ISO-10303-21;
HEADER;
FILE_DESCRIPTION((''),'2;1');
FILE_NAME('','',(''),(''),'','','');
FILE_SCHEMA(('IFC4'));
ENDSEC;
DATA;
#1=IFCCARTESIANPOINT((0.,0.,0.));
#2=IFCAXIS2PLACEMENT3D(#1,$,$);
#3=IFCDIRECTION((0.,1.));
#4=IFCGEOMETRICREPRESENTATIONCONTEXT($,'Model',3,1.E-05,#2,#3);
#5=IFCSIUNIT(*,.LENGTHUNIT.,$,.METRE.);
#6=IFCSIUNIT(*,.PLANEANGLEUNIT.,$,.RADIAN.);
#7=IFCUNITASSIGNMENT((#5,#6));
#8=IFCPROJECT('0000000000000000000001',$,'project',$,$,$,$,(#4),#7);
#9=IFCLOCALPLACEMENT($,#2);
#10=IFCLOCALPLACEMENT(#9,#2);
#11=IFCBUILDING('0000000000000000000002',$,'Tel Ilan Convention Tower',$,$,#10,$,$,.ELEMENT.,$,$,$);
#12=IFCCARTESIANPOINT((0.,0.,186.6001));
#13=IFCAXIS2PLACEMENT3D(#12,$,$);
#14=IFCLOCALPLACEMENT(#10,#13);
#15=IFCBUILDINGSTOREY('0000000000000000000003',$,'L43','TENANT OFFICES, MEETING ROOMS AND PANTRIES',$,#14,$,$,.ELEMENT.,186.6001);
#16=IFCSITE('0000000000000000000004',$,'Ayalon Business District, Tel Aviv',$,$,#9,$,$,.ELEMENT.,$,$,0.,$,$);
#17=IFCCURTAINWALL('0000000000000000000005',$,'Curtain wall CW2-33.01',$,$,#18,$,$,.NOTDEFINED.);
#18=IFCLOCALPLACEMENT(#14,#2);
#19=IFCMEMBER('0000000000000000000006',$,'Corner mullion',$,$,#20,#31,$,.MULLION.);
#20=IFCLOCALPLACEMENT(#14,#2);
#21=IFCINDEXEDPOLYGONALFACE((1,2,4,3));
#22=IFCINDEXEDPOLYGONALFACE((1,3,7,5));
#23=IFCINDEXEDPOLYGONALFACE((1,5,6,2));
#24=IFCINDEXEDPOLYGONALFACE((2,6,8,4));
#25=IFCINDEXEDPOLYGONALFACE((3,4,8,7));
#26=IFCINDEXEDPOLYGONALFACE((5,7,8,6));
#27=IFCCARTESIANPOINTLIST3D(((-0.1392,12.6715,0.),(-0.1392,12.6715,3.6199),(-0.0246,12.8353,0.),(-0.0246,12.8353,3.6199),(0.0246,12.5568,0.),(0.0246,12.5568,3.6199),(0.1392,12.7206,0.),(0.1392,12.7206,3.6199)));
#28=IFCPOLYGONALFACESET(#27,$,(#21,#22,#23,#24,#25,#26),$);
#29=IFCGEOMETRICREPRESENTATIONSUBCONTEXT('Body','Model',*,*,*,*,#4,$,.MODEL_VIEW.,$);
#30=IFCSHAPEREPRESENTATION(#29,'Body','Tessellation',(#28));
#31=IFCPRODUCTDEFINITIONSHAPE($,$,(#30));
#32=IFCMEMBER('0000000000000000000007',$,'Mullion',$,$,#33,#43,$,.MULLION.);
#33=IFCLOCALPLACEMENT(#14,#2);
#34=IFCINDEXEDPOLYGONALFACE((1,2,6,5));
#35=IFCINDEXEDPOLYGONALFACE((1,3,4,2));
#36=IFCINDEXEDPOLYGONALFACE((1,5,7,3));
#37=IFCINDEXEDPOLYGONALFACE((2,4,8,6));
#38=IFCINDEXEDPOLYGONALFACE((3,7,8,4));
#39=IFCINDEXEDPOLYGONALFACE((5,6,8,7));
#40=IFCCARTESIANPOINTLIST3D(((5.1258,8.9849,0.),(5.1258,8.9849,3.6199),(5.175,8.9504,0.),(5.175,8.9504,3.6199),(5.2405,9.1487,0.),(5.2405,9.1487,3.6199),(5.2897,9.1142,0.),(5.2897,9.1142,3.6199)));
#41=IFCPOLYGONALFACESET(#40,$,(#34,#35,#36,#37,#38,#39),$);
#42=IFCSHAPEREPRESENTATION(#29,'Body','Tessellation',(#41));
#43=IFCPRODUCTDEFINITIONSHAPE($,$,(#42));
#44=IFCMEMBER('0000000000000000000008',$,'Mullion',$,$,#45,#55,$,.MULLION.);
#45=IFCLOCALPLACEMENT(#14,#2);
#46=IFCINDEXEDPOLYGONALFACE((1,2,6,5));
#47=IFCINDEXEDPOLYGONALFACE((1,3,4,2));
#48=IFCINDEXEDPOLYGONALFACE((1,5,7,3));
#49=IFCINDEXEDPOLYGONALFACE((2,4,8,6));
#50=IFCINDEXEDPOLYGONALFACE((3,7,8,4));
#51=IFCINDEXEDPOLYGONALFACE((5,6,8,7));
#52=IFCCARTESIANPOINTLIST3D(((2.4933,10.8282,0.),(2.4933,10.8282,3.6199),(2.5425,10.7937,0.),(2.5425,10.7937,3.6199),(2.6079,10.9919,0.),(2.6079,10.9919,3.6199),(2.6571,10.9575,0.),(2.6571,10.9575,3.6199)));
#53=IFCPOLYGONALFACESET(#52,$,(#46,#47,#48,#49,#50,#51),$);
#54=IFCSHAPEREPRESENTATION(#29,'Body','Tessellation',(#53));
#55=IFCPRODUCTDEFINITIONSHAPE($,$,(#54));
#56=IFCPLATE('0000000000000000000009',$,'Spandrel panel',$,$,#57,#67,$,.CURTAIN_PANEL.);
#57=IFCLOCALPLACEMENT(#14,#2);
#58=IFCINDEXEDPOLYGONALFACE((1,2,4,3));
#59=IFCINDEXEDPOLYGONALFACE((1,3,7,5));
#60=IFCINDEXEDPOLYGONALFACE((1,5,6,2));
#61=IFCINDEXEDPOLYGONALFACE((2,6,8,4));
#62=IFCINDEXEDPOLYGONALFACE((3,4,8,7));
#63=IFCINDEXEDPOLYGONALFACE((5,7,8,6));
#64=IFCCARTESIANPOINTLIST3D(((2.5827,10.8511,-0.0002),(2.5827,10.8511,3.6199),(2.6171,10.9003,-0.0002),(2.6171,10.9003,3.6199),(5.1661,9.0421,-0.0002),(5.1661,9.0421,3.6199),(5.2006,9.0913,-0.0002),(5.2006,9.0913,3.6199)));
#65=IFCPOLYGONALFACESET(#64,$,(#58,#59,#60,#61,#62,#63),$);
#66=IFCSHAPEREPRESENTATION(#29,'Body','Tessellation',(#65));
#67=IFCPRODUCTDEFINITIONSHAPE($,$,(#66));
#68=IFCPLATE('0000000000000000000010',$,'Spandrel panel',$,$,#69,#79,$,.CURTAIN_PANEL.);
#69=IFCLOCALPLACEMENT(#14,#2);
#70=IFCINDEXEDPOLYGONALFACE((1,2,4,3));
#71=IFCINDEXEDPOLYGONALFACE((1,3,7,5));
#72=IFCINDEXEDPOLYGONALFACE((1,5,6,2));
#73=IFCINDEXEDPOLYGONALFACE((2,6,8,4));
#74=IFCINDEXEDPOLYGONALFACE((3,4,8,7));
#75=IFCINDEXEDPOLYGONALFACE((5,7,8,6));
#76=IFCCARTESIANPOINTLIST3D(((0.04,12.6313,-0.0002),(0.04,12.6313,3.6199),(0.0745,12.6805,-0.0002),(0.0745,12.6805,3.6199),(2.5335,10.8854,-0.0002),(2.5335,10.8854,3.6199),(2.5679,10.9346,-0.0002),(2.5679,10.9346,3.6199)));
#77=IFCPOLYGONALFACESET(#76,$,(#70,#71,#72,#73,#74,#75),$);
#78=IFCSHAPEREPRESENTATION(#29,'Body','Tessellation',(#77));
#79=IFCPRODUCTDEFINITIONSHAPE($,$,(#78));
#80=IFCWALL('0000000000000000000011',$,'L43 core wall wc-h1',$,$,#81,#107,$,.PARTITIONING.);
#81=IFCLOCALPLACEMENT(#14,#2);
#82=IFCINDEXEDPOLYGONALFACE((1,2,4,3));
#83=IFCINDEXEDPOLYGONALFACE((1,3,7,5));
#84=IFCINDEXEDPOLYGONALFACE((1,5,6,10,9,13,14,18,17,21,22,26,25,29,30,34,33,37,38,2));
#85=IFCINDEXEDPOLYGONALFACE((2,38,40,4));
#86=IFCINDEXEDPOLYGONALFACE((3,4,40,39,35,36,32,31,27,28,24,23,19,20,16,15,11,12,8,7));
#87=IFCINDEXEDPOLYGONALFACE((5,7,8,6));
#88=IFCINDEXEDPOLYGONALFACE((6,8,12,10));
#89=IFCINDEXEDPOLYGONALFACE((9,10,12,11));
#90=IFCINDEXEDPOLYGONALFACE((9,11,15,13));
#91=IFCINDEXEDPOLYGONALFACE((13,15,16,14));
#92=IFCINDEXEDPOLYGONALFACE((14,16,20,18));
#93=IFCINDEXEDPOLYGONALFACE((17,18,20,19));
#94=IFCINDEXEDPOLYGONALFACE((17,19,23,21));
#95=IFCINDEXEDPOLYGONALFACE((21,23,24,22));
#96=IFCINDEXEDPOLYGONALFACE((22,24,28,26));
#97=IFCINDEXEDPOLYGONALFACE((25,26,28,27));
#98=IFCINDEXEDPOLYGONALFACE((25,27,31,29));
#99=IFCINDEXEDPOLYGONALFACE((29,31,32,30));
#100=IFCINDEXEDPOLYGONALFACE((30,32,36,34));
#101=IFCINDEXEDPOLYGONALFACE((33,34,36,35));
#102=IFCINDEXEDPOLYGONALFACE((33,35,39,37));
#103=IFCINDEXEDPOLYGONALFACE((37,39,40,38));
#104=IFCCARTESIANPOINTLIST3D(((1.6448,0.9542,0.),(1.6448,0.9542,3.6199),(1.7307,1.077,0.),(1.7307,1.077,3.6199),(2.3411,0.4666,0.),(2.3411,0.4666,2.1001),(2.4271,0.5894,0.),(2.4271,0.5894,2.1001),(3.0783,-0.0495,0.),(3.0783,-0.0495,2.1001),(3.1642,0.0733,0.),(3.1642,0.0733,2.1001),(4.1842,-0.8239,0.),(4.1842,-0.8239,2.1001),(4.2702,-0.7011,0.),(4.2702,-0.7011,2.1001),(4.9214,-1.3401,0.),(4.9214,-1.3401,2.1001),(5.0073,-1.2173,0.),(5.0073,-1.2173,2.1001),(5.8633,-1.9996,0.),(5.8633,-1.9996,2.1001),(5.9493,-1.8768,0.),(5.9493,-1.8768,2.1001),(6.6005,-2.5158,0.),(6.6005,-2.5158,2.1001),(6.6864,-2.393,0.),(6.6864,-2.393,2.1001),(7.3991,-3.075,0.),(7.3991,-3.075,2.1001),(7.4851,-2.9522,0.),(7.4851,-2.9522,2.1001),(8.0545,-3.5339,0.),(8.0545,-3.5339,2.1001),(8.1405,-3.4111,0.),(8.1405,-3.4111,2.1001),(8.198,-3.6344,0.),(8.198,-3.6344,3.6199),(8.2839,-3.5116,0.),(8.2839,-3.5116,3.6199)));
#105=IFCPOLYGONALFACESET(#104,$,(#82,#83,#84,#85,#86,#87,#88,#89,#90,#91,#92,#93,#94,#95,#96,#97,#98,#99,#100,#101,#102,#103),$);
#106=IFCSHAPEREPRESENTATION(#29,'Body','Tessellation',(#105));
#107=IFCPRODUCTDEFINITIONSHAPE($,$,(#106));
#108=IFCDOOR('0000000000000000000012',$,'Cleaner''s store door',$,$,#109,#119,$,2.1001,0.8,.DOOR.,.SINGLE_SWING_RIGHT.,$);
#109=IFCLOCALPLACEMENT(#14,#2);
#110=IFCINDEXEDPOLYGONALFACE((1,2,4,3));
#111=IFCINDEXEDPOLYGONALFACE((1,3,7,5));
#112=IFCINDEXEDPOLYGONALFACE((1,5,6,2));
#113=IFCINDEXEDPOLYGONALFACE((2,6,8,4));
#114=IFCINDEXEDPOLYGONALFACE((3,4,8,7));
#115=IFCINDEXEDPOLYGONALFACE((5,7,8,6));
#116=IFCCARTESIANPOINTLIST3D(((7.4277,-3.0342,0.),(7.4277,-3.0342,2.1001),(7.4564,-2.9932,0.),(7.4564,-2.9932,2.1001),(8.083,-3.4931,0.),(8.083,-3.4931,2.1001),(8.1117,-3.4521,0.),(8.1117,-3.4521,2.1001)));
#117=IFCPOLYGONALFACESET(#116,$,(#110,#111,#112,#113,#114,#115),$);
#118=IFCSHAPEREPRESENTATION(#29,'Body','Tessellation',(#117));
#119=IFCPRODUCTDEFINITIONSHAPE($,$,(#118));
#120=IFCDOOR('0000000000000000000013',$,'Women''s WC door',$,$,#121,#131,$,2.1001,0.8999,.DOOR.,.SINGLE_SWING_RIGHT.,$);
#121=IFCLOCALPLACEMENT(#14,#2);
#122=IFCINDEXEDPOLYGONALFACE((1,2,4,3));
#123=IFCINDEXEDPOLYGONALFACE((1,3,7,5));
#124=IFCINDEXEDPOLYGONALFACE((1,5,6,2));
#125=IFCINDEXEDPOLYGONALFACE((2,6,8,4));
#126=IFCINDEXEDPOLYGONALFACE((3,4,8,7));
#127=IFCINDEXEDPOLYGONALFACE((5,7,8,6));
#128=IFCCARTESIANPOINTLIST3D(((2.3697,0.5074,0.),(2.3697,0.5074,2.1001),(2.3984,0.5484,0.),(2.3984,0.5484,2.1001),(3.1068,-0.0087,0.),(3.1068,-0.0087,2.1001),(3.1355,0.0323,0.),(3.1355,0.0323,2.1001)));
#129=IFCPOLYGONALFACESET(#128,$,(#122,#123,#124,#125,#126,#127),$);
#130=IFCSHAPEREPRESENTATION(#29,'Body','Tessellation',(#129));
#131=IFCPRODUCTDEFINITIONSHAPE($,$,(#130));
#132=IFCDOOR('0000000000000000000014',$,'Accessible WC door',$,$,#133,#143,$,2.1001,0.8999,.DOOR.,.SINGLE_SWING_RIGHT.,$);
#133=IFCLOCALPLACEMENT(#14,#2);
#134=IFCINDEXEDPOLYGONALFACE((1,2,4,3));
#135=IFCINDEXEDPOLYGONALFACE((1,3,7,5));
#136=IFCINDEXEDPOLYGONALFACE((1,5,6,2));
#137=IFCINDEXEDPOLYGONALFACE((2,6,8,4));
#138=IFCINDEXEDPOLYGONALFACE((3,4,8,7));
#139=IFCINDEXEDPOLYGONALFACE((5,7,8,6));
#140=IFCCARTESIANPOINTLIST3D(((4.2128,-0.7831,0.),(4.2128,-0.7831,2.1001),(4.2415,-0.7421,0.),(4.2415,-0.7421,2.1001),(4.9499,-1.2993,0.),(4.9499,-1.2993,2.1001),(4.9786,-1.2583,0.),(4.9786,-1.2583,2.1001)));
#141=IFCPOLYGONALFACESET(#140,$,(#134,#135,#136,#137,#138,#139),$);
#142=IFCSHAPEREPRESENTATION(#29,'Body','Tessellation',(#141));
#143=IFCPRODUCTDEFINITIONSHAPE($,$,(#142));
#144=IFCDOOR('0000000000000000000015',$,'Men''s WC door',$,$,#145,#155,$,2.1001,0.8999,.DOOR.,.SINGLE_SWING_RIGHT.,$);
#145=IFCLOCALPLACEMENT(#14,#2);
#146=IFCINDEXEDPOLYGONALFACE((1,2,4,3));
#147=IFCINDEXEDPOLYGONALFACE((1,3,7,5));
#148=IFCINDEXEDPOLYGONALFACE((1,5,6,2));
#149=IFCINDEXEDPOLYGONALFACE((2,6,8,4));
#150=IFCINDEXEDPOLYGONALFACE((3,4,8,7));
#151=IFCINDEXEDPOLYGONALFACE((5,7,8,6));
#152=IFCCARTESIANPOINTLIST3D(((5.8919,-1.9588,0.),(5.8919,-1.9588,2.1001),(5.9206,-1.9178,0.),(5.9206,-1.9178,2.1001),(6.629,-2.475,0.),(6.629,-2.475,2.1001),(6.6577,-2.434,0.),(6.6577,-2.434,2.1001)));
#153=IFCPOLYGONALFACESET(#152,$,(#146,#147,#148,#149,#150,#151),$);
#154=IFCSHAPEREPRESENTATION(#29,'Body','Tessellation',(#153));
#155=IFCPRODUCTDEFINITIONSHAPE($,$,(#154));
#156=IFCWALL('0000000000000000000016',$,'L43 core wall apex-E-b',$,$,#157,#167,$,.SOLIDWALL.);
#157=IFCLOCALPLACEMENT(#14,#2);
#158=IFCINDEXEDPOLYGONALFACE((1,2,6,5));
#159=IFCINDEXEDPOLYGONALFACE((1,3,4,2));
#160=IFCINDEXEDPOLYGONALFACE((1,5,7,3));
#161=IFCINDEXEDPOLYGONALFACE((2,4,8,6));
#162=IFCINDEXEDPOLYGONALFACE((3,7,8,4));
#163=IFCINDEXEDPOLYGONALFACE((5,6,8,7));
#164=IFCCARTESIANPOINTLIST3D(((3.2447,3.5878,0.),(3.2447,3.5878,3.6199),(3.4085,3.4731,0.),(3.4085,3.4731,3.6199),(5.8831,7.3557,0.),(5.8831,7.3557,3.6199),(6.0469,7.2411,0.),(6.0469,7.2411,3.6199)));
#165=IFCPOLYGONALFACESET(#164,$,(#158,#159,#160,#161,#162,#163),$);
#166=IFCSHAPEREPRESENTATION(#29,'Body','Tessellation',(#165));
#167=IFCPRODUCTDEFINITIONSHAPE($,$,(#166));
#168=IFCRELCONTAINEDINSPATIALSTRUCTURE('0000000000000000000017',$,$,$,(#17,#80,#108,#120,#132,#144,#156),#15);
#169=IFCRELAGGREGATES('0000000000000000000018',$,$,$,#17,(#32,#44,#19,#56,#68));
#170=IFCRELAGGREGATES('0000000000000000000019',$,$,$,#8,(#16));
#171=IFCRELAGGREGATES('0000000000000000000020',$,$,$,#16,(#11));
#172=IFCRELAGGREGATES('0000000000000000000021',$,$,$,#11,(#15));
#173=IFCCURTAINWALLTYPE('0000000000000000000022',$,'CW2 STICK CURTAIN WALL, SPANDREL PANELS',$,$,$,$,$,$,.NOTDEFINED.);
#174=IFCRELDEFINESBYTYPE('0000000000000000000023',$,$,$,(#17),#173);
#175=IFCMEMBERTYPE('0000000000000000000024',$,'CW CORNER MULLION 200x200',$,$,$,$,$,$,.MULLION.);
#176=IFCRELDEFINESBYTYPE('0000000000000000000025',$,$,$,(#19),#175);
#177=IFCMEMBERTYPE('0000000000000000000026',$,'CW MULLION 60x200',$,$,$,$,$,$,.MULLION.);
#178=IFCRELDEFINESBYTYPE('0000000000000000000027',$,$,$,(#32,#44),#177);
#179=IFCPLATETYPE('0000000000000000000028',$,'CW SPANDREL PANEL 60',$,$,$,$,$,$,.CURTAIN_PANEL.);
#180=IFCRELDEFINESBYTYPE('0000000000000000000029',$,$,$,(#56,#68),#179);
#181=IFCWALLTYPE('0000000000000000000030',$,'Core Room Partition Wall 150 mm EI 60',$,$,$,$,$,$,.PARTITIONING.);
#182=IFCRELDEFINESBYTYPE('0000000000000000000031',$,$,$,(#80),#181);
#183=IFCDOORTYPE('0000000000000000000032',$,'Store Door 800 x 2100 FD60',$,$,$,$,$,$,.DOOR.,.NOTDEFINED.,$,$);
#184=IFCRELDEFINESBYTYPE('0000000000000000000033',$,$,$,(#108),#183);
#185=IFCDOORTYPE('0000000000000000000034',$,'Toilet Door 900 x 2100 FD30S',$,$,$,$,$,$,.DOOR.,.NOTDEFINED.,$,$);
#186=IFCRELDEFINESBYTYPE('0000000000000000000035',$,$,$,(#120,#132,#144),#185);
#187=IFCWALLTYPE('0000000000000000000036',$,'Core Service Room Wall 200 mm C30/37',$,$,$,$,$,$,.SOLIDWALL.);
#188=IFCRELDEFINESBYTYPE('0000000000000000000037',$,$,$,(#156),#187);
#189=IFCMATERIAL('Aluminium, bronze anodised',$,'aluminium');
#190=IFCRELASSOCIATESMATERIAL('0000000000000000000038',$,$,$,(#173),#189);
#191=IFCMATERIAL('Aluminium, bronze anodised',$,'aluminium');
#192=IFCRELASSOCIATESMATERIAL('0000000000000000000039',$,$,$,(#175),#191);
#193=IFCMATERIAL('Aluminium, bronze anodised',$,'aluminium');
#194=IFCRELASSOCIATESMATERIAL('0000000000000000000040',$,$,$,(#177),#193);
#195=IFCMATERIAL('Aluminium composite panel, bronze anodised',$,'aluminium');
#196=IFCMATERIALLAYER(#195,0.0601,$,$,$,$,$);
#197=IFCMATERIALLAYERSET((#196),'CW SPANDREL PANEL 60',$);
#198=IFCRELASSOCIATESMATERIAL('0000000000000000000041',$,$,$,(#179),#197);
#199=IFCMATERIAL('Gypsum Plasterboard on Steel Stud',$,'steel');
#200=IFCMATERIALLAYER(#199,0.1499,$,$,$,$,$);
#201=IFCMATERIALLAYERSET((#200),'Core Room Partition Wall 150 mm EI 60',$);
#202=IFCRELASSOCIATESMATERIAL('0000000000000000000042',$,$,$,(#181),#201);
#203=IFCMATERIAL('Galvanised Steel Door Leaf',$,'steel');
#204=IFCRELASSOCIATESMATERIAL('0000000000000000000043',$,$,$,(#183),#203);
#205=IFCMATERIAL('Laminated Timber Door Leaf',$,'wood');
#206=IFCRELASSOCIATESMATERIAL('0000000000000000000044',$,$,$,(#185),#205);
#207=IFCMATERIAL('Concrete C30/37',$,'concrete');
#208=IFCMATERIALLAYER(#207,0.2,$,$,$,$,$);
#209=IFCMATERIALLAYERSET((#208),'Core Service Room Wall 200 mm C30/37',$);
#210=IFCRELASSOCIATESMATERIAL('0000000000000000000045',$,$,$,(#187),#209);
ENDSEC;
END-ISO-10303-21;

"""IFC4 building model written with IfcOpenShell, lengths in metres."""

from ifc_helpers import new_model, si_unit, direction, frame, frame_2d, origin, origin_2d, place, context, subcontext, project, spatial, rectangle, extrude, material, layer, layer_set, material_profile, profile_set, type_object, element, fill, aggregate, save


model = new_model("IFC4")

# Units and contexts
model_context = context("Model", 3, precision=1e-05, world=origin(), true_north=direction((0.0, 1.0)))
body_context = subcontext(model_context, "Body", "Model", "MODEL_VIEW")
ifc_project = project(units=[si_unit("LENGTHUNIT", "METRE"), si_unit("PLANEANGLEUNIT", "RADIAN")], contexts=[model_context])

# Site, building, storey
site_placement = place(None, origin())
site = spatial("IfcSite", under=ifc_project, at=site_placement, Name="Ayalon Business District, Tel Aviv", CompositionType="ELEMENT", RefElevation=0.0)
building_placement = place(site_placement, origin())
building = spatial("IfcBuilding", under=site, at=building_placement, Name="Tel Ilan Convention Tower", CompositionType="ELEMENT")
storey_placement = place(building_placement, frame((0.0, 0.0, 186.6001)))
storey = spatial("IfcBuildingStorey", under=building, at=storey_placement, Name="L43", Description="TENANT OFFICES, MEETING ROOMS AND PANTRIES", CompositionType="ELEMENT", Elevation=186.6001)

# Curtain wall, members, plates
ifc_material_1 = material(Name="Aluminium, bronze anodised", Category="aluminium")
curtain_wall_type = type_object("IfcCurtainWallType", Name="CW2 STICK CURTAIN WALL, SPANDREL PANELS", PredefinedType="NOTDEFINED", material=ifc_material_1)
curtain_wall_placement = place(storey_placement, origin())
curtain_wall = element("IfcCurtainWall", 1, at=curtain_wall_placement, inside=storey, type_object=curtain_wall_type, Name="Curtain wall CW2-33.01", PredefinedType="NOTDEFINED")
ifc_material_2 = material(Name="Aluminium, bronze anodised", Category="aluminium")
ifc_material_profile_1 = material_profile(ifc_material_2, rectangle(XDim=0.2, YDim=0.2, at=origin_2d()), Name="CW CORNER MULLION 200x200")
ifc_profile_set_1 = profile_set([ifc_material_profile_1], Name="Aluminium, bronze anodised")
member_type_1 = type_object("IfcMemberType", Name="CW CORNER MULLION 200x200", PredefinedType="MULLION", material=ifc_profile_set_1)
member_1_placement = place(storey_placement, frame((0.0, 12.696, 0.0), z_axis=(0.0, 0.0, 1.0), x_axis=(-0.819152, 0.573576, 0.0)))
member_1 = element("IfcMember", 2, at=member_1_placement, type_object=member_type_1, Name="Corner mullion", PredefinedType="MULLION", context=body_context, shape_type="SweptSolid", body=[
    extrude(rectangle(XDim=0.2, YDim=0.2, at=origin_2d()), origin(), (0.0, 0.0, 1.0), 3.6199),
])
ifc_material_3 = material(Name="Aluminium, bronze anodised", Category="aluminium")
ifc_material_profile_2 = material_profile(ifc_material_3, rectangle(XDim=0.0601, YDim=0.2, at=origin_2d()), Name="CW MULLION 60x200")
ifc_profile_set_2 = profile_set([ifc_material_profile_2], Name="Aluminium, bronze anodised")
member_type_2 = type_object("IfcMemberType", Name="CW MULLION 60x200", PredefinedType="MULLION", material=ifc_profile_set_2)
member_2_placement = place(storey_placement, frame((5.2078, 9.0496, 0.0), z_axis=(0.0, 0.0, 1.0), x_axis=(-0.819152, 0.573576, 0.0)))
member_2 = element("IfcMember", 3, at=member_2_placement, type_object=member_type_2, Name="Mullion", PredefinedType="MULLION", context=body_context, shape_type="SweptSolid", body=[
    extrude(rectangle(XDim=0.0601, YDim=0.2, at=origin_2d()), origin(), (0.0, 0.0, 1.0), 3.6199),
])
member_3_placement = place(storey_placement, frame((2.5752, 10.8928, 0.0), z_axis=(0.0, 0.0, 1.0), x_axis=(-0.819152, 0.573576, 0.0)))
member_3 = element("IfcMember", 4, at=member_3_placement, type_object=member_type_2, Name="Mullion", PredefinedType="MULLION", context=body_context, shape_type="SweptSolid", body=[
    extrude(rectangle(XDim=0.0601, YDim=0.2, at=origin_2d()), origin(), (0.0, 0.0, 1.0), 3.6199),
])
ifc_material_4 = material(Name="Aluminium composite panel, bronze anodised", Category="aluminium")
ifc_layer_1 = layer(ifc_material_4, 0.0601)
ifc_layer_set_1 = layer_set([ifc_layer_1], Name="CW SPANDREL PANEL 60")
plate_type = type_object("IfcPlateType", Name="CW SPANDREL PANEL 60", PredefinedType="CURTAIN_PANEL", material=ifc_layer_set_1)
plate_1_placement = place(storey_placement, frame((3.8916, 9.9712, -0.0002), z_axis=(0.0, 0.0, 1.0), x_axis=(-0.819152, 0.573576, 0.0)))
plate_1 = element("IfcPlate", 5, at=plate_1_placement, type_object=plate_type, Name="Spandrel panel", PredefinedType="CURTAIN_PANEL", context=body_context, shape_type="SweptSolid", body=[
    extrude(rectangle(XDim=3.1538, YDim=0.0601, at=origin_2d()), origin(), (0.0, 0.0, 1.0), 3.6201),
])
plate_2_placement = place(storey_placement, frame((1.304, 11.783, -0.0002), z_axis=(0.0, 0.0, 1.0), x_axis=(-0.819152, 0.573576, 0.0)))
plate_2 = element("IfcPlate", 6, at=plate_2_placement, type_object=plate_type, Name="Spandrel panel", PredefinedType="CURTAIN_PANEL", context=body_context, shape_type="SweptSolid", body=[
    extrude(rectangle(XDim=3.0439, YDim=0.0601, at=origin_2d()), origin(), (0.0, 0.0, 1.0), 3.6201),
])
aggregate(curtain_wall, [member_2, member_3, member_1, plate_1, plate_2])

# Wall, openings, doors
ifc_material_5 = material(Name="Gypsum Plasterboard on Steel Stud", Category="steel")
ifc_layer_2 = layer(ifc_material_5, 0.1499)
ifc_layer_set_2 = layer_set([ifc_layer_2], Name="Core Room Partition Wall 150 mm EI 60")
wall_type_1 = type_object("IfcWallType", Name="Core Room Partition Wall 150 mm EI 60", PredefinedType="PARTITIONING", material=ifc_layer_set_2)
wall_1_placement = place(storey_placement, frame((1.6877, 1.0156, 0.0), z_axis=(0.0, 0.0, 1.0), x_axis=(0.819152, -0.573577, 0.0)))
wall_1 = element("IfcWall", 7, at=wall_1_placement, inside=storey, type_object=wall_type_1, Name="L43 core wall wc-h1", PredefinedType="PARTITIONING", context=body_context, shape_type="SweptSolid", body=[
    extrude(rectangle(XDim=8.0, YDim=0.1499, at=frame_2d((4.0, 0.0))), origin(), (0.0, 0.0, 1.0), 3.6199),
])
opening_1_placement = place(wall_1_placement, frame((0.8501, 0.0, 0.0)))
opening_1 = element("IfcOpeningElement", 8, at=opening_1_placement, cuts=wall_1, PredefinedType="OPENING", context=body_context, shape_type="SweptSolid", body=[
    extrude(rectangle(XDim=0.8999, YDim=2.1001, at=frame_2d((0.45, 1.05))), frame((0.0, 0.085, 0.0), z_axis=(0.0, -1.0, 0.0), x_axis=(1.0, 0.0, 0.0)), (0.0, 0.0, 1.0), 0.1699),
])
opening_2_placement = place(wall_1_placement, frame((3.1001, 0.0, 0.0)))
opening_2 = element("IfcOpeningElement", 9, at=opening_2_placement, cuts=wall_1, PredefinedType="OPENING", context=body_context, shape_type="SweptSolid", body=[
    extrude(rectangle(XDim=0.8999, YDim=2.1001, at=frame_2d((0.45, 1.05))), frame((0.0, 0.085, 0.0), z_axis=(0.0, -1.0, 0.0), x_axis=(1.0, 0.0, 0.0)), (0.0, 0.0, 1.0), 0.1699),
])
opening_3_placement = place(wall_1_placement, frame((5.1499, 0.0, 0.0)))
opening_3 = element("IfcOpeningElement", 10, at=opening_3_placement, cuts=wall_1, PredefinedType="OPENING", context=body_context, shape_type="SweptSolid", body=[
    extrude(rectangle(XDim=0.8999, YDim=2.1001, at=frame_2d((0.45, 1.05))), frame((0.0, 0.085, 0.0), z_axis=(0.0, -1.0, 0.0), x_axis=(1.0, 0.0, 0.0)), (0.0, 0.0, 1.0), 0.1699),
])
opening_4_placement = place(wall_1_placement, frame((7.0249, 0.0, 0.0)))
opening_4 = element("IfcOpeningElement", 11, at=opening_4_placement, cuts=wall_1, PredefinedType="OPENING", context=body_context, shape_type="SweptSolid", body=[
    extrude(rectangle(XDim=0.8, YDim=2.1001, at=frame_2d((0.3999, 1.05))), frame((0.0, 0.085, 0.0), z_axis=(0.0, -1.0, 0.0), x_axis=(1.0, 0.0, 0.0)), (0.0, 0.0, 1.0), 0.1699),
])
ifc_material_6 = material(Name="Galvanised Steel Door Leaf", Category="steel")
door_type_1 = type_object("IfcDoorType", Name="Store Door 800 x 2100 FD60", OperationType="NOTDEFINED", PredefinedType="DOOR", material=ifc_material_6)
door_1_placement = place(opening_4_placement, origin())
door_1 = element("IfcDoor", 12, at=door_1_placement, inside=storey, type_object=door_type_1, Name="Cleaner's store door", OperationType="SINGLE_SWING_RIGHT", OverallHeight=2.1001, OverallWidth=0.8, PredefinedType="DOOR", context=body_context, shape_type="SweptSolid", body=[
    extrude(rectangle(XDim=0.8, YDim=2.1001, at=frame_2d((0.3999, 1.05))), frame((0.0, 0.0249, 0.0), z_axis=(0.0, -1.0, 0.0), x_axis=(1.0, 0.0, 0.0)), (0.0, 0.0, 1.0), 0.05),
])
fill(opening_4, door_1)
ifc_material_7 = material(Name="Laminated Timber Door Leaf", Category="wood")
door_type_2 = type_object("IfcDoorType", Name="Toilet Door 900 x 2100 FD30S", OperationType="NOTDEFINED", PredefinedType="DOOR", material=ifc_material_7)
door_2_placement = place(opening_1_placement, origin())
door_2 = element("IfcDoor", 13, at=door_2_placement, inside=storey, type_object=door_type_2, Name="Women's WC door", OperationType="SINGLE_SWING_RIGHT", OverallHeight=2.1001, OverallWidth=0.8999, PredefinedType="DOOR", context=body_context, shape_type="SweptSolid", body=[
    extrude(rectangle(XDim=0.8999, YDim=2.1001, at=frame_2d((0.45, 1.05))), frame((0.0, 0.0249, 0.0), z_axis=(0.0, -1.0, 0.0), x_axis=(1.0, 0.0, 0.0)), (0.0, 0.0, 1.0), 0.05),
])
fill(opening_1, door_2)
door_3_placement = place(opening_2_placement, origin())
door_3 = element("IfcDoor", 14, at=door_3_placement, inside=storey, type_object=door_type_2, Name="Accessible WC door", OperationType="SINGLE_SWING_RIGHT", OverallHeight=2.1001, OverallWidth=0.8999, PredefinedType="DOOR", context=body_context, shape_type="SweptSolid", body=[
    extrude(rectangle(XDim=0.8999, YDim=2.1001, at=frame_2d((0.45, 1.05))), frame((0.0, 0.0249, 0.0), z_axis=(0.0, -1.0, 0.0), x_axis=(1.0, 0.0, 0.0)), (0.0, 0.0, 1.0), 0.05),
])
fill(opening_2, door_3)
door_4_placement = place(opening_3_placement, origin())
door_4 = element("IfcDoor", 15, at=door_4_placement, inside=storey, type_object=door_type_2, Name="Men's WC door", OperationType="SINGLE_SWING_RIGHT", OverallHeight=2.1001, OverallWidth=0.8999, PredefinedType="DOOR", context=body_context, shape_type="SweptSolid", body=[
    extrude(rectangle(XDim=0.8999, YDim=2.1001, at=frame_2d((0.45, 1.05))), frame((0.0, 0.0249, 0.0), z_axis=(0.0, -1.0, 0.0), x_axis=(1.0, 0.0, 0.0)), (0.0, 0.0, 1.0), 0.05),
])
fill(opening_3, door_4)

# Wall
ifc_material_8 = material(Name="Concrete C30/37", Category="concrete")
ifc_layer_3 = layer(ifc_material_8, 0.2)
ifc_layer_set_3 = layer_set([ifc_layer_3], Name="Core Service Room Wall 200 mm C30/37")
wall_type_2 = type_object("IfcWallType", Name="Core Service Room Wall 200 mm C30/37", PredefinedType="SOLIDWALL", material=ifc_layer_set_3)
wall_2_placement = place(storey_placement, frame((3.3267, 3.5305, 0.0), z_axis=(0.0, 0.0, 1.0), x_axis=(0.573576, 0.819152, 0.0)))
element("IfcWall", 16, at=wall_2_placement, inside=storey, type_object=wall_type_2, Name="L43 core wall apex-E-b", PredefinedType="SOLIDWALL", context=body_context, shape_type="SweptSolid", body=[
    extrude(rectangle(XDim=4.5999, YDim=0.2, at=frame_2d((2.2998, 0.0))), origin(), (0.0, 0.0, 1.0), 3.6199),
])

save(model, "model.ifc")
